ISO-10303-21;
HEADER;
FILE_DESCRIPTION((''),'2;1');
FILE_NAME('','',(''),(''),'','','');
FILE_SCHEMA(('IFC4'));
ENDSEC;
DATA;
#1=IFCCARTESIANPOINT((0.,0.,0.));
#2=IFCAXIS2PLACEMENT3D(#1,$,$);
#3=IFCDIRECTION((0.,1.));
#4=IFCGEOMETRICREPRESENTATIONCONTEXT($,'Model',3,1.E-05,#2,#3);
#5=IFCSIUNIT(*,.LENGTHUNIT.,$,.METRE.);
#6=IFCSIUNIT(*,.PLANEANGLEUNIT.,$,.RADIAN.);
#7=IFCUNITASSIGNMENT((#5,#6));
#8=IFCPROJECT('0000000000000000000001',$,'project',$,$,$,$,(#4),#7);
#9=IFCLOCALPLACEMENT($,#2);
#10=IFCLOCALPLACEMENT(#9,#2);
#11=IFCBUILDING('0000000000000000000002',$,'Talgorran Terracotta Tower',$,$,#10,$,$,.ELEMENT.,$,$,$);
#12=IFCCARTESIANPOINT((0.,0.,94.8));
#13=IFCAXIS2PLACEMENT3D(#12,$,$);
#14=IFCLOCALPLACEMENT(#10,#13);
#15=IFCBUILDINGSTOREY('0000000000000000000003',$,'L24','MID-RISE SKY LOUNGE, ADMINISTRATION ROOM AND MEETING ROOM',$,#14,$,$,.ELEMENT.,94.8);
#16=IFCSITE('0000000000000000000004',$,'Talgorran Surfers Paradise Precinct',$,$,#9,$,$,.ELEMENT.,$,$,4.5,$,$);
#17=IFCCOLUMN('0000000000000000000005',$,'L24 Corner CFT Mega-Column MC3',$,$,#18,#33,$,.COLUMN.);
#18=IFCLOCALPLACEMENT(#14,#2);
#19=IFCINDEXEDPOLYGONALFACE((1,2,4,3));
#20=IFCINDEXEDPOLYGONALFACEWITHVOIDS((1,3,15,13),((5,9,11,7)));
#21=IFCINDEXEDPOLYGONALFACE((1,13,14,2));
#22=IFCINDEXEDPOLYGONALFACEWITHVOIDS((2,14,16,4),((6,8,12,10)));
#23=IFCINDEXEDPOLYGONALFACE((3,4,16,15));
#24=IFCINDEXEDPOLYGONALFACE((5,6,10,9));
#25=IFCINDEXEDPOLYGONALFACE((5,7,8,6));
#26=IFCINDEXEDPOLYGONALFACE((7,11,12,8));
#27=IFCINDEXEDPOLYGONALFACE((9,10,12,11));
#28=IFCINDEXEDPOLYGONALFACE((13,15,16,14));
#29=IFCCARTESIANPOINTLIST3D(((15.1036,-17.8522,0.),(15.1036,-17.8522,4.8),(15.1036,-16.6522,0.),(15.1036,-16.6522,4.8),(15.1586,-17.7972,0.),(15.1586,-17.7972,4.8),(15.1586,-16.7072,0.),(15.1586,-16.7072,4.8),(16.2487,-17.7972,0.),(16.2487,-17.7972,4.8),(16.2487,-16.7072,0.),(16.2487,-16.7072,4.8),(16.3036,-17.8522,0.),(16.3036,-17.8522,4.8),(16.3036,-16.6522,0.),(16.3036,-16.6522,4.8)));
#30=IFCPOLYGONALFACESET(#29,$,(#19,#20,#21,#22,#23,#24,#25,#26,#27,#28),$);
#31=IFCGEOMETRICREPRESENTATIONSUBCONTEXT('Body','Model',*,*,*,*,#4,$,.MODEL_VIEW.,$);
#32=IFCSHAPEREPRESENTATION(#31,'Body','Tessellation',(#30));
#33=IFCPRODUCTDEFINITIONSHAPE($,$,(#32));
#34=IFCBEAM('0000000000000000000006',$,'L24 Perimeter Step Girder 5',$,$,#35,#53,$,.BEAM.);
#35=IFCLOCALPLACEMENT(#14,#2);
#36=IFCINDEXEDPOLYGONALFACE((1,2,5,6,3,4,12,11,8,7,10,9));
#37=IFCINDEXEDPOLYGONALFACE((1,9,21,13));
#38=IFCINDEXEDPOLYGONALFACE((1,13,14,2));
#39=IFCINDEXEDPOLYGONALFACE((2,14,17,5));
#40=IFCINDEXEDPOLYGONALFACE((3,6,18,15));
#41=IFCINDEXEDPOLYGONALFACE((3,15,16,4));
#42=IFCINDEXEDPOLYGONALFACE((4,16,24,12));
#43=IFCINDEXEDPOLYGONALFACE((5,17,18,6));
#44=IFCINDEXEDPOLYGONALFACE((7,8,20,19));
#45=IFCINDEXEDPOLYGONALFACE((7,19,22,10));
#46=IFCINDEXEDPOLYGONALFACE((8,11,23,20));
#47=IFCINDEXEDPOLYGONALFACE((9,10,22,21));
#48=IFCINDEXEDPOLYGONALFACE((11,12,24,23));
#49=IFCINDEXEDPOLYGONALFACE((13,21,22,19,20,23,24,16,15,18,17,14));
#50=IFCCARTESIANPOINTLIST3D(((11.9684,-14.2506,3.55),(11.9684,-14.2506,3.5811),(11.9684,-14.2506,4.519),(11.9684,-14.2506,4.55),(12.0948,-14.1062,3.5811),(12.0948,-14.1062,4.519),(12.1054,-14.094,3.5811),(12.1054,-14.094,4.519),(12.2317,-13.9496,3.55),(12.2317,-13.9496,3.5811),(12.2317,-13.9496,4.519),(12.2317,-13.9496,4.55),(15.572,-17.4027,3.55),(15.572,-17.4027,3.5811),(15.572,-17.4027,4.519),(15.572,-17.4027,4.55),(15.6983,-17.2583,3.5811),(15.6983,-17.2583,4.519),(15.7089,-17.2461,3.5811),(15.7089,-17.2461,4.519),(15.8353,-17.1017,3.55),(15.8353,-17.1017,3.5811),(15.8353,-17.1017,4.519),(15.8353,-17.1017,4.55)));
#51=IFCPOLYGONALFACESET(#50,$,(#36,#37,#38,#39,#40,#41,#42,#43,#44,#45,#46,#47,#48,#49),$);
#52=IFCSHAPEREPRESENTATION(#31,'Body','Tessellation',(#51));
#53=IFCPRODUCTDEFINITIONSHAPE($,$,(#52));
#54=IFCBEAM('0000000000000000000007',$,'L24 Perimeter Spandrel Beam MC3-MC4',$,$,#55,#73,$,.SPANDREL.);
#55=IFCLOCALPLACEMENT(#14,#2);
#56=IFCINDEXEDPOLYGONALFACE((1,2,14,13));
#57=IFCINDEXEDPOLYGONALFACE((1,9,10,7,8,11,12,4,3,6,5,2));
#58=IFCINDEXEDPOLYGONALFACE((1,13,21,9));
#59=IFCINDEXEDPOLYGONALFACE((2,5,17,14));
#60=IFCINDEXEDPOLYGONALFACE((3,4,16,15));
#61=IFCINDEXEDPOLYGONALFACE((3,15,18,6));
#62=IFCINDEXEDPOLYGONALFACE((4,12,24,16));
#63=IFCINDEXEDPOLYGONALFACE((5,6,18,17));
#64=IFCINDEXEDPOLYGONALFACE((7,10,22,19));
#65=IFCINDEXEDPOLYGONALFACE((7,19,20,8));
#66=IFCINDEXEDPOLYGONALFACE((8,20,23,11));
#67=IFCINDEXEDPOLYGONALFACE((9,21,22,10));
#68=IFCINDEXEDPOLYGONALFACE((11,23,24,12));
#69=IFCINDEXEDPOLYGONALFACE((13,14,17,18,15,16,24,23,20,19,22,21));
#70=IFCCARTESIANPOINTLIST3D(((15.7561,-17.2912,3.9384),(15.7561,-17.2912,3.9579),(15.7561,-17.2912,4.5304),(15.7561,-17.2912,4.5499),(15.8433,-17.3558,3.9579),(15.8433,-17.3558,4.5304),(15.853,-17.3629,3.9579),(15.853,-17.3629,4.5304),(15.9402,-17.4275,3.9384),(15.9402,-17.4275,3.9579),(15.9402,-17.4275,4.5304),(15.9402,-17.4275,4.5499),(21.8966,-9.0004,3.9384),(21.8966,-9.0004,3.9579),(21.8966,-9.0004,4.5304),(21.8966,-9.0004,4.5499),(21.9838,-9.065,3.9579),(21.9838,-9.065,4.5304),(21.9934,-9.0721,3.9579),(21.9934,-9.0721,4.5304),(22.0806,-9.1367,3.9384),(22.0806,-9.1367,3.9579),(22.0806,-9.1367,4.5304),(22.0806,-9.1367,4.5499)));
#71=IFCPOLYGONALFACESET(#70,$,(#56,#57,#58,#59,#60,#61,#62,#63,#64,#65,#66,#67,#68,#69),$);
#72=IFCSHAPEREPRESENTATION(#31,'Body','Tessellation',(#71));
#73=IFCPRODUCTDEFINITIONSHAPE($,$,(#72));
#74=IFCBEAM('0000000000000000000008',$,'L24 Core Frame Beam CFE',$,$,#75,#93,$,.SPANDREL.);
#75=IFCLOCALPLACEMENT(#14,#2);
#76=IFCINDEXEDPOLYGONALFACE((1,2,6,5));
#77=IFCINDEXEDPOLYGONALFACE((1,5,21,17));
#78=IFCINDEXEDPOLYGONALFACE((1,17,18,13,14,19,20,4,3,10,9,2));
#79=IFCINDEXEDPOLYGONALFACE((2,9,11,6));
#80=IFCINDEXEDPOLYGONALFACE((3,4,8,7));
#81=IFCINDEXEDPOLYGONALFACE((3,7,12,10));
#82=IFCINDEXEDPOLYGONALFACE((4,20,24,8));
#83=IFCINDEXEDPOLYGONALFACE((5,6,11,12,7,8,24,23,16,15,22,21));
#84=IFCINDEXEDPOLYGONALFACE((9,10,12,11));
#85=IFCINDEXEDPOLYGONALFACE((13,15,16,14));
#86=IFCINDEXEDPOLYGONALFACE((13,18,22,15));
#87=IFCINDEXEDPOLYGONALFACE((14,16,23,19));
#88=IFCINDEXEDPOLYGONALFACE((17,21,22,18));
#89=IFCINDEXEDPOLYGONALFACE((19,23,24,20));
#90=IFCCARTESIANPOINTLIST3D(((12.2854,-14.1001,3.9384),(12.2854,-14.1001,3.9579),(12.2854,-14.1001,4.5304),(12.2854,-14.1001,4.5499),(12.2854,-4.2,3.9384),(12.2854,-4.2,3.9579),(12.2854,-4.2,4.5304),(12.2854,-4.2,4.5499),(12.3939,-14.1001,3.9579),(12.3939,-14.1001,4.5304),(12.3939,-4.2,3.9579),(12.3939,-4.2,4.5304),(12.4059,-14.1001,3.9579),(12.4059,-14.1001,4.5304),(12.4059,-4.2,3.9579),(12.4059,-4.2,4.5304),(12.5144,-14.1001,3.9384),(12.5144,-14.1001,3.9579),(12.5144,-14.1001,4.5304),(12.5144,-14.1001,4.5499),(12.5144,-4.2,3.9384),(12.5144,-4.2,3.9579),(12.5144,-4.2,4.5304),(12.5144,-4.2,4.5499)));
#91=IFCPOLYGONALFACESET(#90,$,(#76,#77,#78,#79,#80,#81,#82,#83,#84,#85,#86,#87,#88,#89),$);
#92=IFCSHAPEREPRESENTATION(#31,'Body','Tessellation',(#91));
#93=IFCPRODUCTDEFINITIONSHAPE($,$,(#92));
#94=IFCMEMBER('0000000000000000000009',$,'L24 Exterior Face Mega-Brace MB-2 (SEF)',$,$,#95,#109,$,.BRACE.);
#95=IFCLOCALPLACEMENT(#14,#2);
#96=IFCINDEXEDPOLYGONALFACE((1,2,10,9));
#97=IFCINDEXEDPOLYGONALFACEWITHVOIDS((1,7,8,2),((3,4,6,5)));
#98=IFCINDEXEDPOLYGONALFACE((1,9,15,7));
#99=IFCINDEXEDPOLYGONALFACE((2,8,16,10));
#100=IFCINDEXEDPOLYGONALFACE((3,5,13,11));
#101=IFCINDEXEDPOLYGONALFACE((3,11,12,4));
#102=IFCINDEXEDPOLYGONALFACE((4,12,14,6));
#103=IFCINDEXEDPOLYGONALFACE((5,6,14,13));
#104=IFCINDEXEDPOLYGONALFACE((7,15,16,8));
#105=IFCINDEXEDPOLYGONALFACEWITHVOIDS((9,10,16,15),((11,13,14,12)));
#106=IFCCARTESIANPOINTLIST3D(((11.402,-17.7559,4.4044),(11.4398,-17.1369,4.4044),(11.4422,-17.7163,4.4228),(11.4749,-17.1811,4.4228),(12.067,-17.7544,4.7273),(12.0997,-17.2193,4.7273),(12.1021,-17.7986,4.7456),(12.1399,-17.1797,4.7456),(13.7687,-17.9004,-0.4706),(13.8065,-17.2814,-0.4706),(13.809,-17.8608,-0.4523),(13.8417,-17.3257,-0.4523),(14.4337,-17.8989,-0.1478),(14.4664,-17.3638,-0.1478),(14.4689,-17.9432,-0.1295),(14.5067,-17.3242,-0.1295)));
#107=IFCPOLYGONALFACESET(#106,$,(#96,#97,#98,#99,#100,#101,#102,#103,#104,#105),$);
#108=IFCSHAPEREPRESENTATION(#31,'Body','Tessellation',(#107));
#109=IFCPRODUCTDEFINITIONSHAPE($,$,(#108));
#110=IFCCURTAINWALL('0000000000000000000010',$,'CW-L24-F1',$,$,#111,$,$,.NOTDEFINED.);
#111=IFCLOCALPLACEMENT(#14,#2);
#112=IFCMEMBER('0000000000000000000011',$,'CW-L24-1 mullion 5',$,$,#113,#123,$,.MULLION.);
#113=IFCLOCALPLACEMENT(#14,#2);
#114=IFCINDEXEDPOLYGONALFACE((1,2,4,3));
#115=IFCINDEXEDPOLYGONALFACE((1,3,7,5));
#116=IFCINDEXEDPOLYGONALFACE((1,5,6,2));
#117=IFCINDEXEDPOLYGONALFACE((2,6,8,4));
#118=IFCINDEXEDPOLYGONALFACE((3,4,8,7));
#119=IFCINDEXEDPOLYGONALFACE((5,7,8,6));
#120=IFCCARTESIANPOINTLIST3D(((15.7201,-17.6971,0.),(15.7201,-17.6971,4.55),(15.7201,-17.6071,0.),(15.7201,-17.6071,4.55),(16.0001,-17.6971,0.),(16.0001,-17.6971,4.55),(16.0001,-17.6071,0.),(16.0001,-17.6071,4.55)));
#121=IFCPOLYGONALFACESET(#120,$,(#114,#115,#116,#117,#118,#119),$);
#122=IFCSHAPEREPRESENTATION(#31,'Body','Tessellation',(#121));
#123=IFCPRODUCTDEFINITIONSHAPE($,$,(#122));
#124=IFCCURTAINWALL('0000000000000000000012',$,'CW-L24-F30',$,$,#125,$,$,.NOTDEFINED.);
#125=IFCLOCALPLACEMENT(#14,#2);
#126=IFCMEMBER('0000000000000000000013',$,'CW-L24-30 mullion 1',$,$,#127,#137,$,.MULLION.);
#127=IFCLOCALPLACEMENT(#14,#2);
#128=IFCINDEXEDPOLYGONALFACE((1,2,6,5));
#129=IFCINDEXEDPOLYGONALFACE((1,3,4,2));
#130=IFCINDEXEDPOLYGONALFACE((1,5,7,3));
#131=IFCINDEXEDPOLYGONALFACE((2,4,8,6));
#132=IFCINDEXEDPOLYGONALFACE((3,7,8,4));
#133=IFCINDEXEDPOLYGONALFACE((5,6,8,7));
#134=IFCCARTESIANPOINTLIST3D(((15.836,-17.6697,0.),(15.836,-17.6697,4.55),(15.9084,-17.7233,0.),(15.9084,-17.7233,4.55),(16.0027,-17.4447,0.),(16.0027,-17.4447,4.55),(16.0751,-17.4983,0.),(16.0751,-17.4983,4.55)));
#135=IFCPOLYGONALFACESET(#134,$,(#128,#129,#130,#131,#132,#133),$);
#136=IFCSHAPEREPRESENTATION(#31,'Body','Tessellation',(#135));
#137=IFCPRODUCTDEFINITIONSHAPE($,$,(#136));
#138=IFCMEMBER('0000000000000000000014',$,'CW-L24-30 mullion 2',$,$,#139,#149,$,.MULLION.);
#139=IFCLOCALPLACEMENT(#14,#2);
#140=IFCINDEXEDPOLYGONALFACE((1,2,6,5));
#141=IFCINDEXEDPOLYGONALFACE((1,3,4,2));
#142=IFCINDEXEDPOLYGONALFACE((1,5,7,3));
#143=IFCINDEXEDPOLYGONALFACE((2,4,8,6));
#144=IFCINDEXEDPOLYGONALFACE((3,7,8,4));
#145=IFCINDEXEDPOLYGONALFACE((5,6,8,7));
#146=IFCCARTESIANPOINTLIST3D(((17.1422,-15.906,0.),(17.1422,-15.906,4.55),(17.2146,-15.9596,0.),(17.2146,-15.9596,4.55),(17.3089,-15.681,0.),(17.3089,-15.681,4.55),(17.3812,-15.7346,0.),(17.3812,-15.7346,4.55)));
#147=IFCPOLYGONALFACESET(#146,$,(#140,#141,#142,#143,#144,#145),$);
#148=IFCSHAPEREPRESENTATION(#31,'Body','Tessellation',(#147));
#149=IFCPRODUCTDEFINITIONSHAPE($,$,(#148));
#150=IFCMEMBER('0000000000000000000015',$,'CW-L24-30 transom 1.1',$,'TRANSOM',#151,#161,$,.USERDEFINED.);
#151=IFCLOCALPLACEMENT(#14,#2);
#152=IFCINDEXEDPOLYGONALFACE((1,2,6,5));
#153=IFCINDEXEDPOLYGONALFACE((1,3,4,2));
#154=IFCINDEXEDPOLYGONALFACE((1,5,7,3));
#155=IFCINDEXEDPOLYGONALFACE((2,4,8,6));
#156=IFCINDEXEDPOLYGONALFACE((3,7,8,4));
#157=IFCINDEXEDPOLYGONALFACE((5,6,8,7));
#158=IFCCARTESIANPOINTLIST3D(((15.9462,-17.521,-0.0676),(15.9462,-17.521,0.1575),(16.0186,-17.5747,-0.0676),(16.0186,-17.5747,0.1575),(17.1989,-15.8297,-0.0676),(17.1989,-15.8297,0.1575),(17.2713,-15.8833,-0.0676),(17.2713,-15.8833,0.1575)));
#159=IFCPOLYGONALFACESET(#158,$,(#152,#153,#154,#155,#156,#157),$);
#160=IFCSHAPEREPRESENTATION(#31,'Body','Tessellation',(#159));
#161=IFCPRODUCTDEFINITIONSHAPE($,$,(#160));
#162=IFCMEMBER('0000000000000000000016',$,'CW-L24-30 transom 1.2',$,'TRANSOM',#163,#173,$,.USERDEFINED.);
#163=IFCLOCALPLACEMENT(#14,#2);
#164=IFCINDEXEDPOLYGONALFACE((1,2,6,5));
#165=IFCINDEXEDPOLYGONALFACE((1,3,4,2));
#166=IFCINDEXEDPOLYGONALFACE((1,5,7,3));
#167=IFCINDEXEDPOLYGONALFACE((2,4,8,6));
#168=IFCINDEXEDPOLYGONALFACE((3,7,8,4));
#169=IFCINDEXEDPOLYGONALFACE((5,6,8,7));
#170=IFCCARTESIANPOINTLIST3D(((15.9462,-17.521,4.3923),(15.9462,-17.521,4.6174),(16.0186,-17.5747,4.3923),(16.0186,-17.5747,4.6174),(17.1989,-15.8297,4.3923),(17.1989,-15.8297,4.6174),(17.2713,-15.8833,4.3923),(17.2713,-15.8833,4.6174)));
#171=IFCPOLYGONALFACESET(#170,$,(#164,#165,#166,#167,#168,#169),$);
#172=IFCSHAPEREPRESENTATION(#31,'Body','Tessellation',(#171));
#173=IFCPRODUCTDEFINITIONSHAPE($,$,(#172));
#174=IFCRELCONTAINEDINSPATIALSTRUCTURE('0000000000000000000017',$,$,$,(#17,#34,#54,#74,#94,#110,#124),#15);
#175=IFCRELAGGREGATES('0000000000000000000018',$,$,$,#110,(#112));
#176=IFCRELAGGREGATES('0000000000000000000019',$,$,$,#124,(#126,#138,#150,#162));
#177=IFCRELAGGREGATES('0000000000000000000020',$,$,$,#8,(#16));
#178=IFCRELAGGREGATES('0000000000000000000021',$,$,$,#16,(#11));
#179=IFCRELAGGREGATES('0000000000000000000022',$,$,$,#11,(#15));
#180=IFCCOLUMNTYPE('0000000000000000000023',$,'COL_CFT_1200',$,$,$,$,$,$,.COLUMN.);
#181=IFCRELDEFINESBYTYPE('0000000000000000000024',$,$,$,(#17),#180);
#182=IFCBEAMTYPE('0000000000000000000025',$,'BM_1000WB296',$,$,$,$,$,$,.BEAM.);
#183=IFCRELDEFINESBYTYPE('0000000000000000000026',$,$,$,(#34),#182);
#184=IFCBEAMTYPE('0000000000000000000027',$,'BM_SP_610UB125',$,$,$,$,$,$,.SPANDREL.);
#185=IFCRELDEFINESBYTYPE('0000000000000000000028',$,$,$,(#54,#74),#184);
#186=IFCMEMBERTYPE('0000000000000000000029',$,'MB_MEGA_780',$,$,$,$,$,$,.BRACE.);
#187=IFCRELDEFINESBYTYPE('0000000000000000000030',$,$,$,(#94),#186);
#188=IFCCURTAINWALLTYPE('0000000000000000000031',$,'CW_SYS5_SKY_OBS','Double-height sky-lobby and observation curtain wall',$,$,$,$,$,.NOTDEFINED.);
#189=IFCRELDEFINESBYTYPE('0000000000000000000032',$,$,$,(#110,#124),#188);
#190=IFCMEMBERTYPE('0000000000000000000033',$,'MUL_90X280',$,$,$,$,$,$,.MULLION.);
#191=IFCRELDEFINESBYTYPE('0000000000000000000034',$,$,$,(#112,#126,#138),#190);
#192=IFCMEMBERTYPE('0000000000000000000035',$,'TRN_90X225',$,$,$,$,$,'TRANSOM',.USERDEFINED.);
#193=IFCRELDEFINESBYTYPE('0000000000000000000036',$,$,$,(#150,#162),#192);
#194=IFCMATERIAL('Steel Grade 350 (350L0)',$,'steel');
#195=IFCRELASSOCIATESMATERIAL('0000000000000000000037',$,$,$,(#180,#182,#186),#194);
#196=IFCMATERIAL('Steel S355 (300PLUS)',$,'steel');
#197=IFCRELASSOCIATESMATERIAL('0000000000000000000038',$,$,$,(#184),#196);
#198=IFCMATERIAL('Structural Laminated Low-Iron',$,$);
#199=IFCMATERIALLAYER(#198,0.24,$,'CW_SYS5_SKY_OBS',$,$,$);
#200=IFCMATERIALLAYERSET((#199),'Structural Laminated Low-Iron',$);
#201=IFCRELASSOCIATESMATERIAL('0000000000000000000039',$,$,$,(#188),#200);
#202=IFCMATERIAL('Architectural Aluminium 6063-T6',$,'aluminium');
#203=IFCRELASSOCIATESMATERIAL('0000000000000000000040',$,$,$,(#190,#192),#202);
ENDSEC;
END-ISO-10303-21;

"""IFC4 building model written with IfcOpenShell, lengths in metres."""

from ifc_helpers import new_model, si_unit, direction, frame, origin, origin_2d, place, context, subcontext, project, spatial, rectangle, hollow_rectangle, i_section, extrude, material, layer, layer_set, material_profile, profile_set, type_object, element, aggregate, save


model = new_model("IFC4")

# Units and contexts
model_context = context("Model", 3, precision=1e-05, world=origin(), true_north=direction((0.0, 1.0)))
body_context = subcontext(model_context, "Body", "Model", "MODEL_VIEW")
ifc_project = project(units=[si_unit("LENGTHUNIT", "METRE"), si_unit("PLANEANGLEUNIT", "RADIAN")], contexts=[model_context])

# Site, building, storey
site_placement = place(None, origin())
site = spatial("IfcSite", under=ifc_project, at=site_placement, Name="Talgorran Surfers Paradise Precinct", CompositionType="ELEMENT", RefElevation=4.5)
building_placement = place(site_placement, origin())
building = spatial("IfcBuilding", under=site, at=building_placement, Name="Talgorran Terracotta Tower", CompositionType="ELEMENT")
storey_placement = place(building_placement, frame((0.0, 0.0, 94.8)))
storey = spatial("IfcBuildingStorey", under=building, at=storey_placement, Name="L24", Description="MID-RISE SKY LOUNGE, ADMINISTRATION ROOM AND MEETING ROOM", CompositionType="ELEMENT", Elevation=94.8)

# Column
ifc_material_1 = material(Name="Steel Grade 350 (350L0)", Category="steel")
ifc_material_profile_1 = material_profile(ifc_material_1, hollow_rectangle(XDim=1.2, YDim=1.2, WallThickness=0.0549, at=origin_2d()), Name="CFT1200X1200X55")
ifc_profile_set_1 = profile_set([ifc_material_profile_1], Name="Steel Grade 350 (350L0)")
column_type = type_object("IfcColumnType", Name="COL_CFT_1200", PredefinedType="COLUMN", material=ifc_profile_set_1)
column_placement = place(storey_placement, frame((15.7036, -17.2522, 0.0), z_axis=(0.0, 0.0, 1.0), x_axis=(1.0, 0.0, 0.0)))
element("IfcColumn", 1, at=column_placement, inside=storey, type_object=column_type, Name="L24 Corner CFT Mega-Column MC3", PredefinedType="COLUMN", context=body_context, shape_type="SweptSolid", body=[
    extrude(hollow_rectangle(XDim=1.2, YDim=1.2, WallThickness=0.0549, at=origin_2d()), origin(), (0.0, 0.0, 1.0), 4.8),
])

# Beams
ifc_material_profile_2 = material_profile(ifc_material_1, i_section(OverallWidth=0.3999, OverallDepth=1.0, WebThickness=0.0161, FlangeThickness=0.031, at=origin_2d()), Name="1000WB296")
ifc_profile_set_2 = profile_set([ifc_material_profile_2], Name="Steel Grade 350 (350L0)")
beam_type_1 = type_object("IfcBeamType", Name="BM_1000WB296", PredefinedType="BEAM", material=ifc_profile_set_2)
beam_1_placement = place(storey_placement, frame((15.7036, -17.2522, 4.05), z_axis=(-0.752678, 0.658389, 0.0), x_axis=(-0.658389, -0.752678, 0.0)))
element("IfcBeam", 2, at=beam_1_placement, inside=storey, type_object=beam_type_1, Name="L24 Perimeter Step Girder 5", PredefinedType="BEAM", context=body_context, shape_type="SweptSolid", body=[
    extrude(i_section(OverallWidth=0.3999, OverallDepth=1.0, WebThickness=0.0161, FlangeThickness=0.031, at=origin_2d()), origin(), (0.0, 0.0, 1.0), 4.7876),
])
ifc_material_2 = material(Name="Steel S355 (300PLUS)", Category="steel")
ifc_material_profile_3 = material_profile(ifc_material_2, i_section(OverallWidth=0.229, OverallDepth=0.6116, WebThickness=0.012, FlangeThickness=0.0195, at=origin_2d()), Name="610UB125")
ifc_profile_set_3 = profile_set([ifc_material_profile_3], Name="Steel S355 (300PLUS)")
beam_type_2 = type_object("IfcBeamType", Name="BM_SP_610UB125", PredefinedType="SPANDREL", material=ifc_profile_set_3)
beam_2_placement = place(storey_placement, frame((15.8481, -17.3594, 4.2441), z_axis=(0.595169, 0.8036, 0.0), x_axis=(-0.8036, 0.595169, 0.0)))
element("IfcBeam", 3, at=beam_2_placement, inside=storey, type_object=beam_type_2, Name="L24 Perimeter Spandrel Beam MC3-MC4", PredefinedType="SPANDREL", context=body_context, shape_type="SweptSolid", body=[
    extrude(i_section(OverallWidth=0.229, OverallDepth=0.6116, WebThickness=0.012, FlangeThickness=0.0195, at=origin_2d()), origin(), (0.0, 0.0, 1.0), 10.3171),
])
beam_3_placement = place(storey_placement, frame((12.3999, -14.1001, 4.2441), z_axis=(0.0, 1.0, 0.0), x_axis=(-1.0, 0.0, 0.0)))
element("IfcBeam", 4, at=beam_3_placement, inside=storey, type_object=beam_type_2, Name="L24 Core Frame Beam CFE", PredefinedType="SPANDREL", context=body_context, shape_type="SweptSolid", body=[
    extrude(i_section(OverallWidth=0.229, OverallDepth=0.6116, WebThickness=0.012, FlangeThickness=0.0195, at=origin_2d()), origin(), (0.0, 0.0, 1.0), 9.9001),
])

# Member
ifc_material_profile_4 = material_profile(ifc_material_1, hollow_rectangle(XDim=0.6201, YDim=0.78, WallThickness=0.042, at=origin_2d()), Name="WBOX780X620X42")
ifc_profile_set_4 = profile_set([ifc_material_profile_4], Name="Steel Grade 350 (350L0)")
member_type_1 = type_object("IfcMemberType", Name="MB_MEGA_780", PredefinedType="BRACE", material=ifc_profile_set_4)
member_1_placement = place(storey_placement, frame((14.1377, -17.6123, -0.3), z_axis=(-0.436576, 0.026661, 0.899272), x_axis=(-0.060955, -0.998141, 0.0)))
element("IfcMember", 5, at=member_1_placement, inside=storey, type_object=member_type_1, Name="L24 Exterior Face Mega-Brace MB-2 (SEF)", PredefinedType="BRACE", context=body_context, shape_type="SweptSolid", body=[
    extrude(hollow_rectangle(XDim=0.6201, YDim=0.78, WallThickness=0.042, at=origin_2d()), origin(), (0.0, 0.0, 1.0), 5.4211),
])

# Curtain wall, member
ifc_material_3 = material(Name="Structural Laminated Low-Iron")
ifc_layer_1 = layer(ifc_material_3, 0.24, Name="CW_SYS5_SKY_OBS")
ifc_layer_set_1 = layer_set([ifc_layer_1], Name="Structural Laminated Low-Iron")
curtain_wall_type = type_object("IfcCurtainWallType", Name="CW_SYS5_SKY_OBS", Description="Double-height sky-lobby and observation curtain wall", PredefinedType="NOTDEFINED", material=ifc_layer_set_1)
curtain_wall_1_placement = place(storey_placement, origin())
curtain_wall_1 = element("IfcCurtainWall", 6, at=curtain_wall_1_placement, inside=storey, type_object=curtain_wall_type, Name="CW-L24-F1", PredefinedType="NOTDEFINED")
ifc_material_4 = material(Name="Architectural Aluminium 6063-T6", Category="aluminium")
ifc_material_profile_5 = material_profile(ifc_material_4, rectangle(XDim=0.0901, YDim=0.28, at=origin_2d()), Name="CWM90X280")
ifc_profile_set_5 = profile_set([ifc_material_profile_5], Name="Architectural Aluminium 6063-T6")
member_type_2 = type_object("IfcMemberType", Name="MUL_90X280", PredefinedType="MULLION", material=ifc_profile_set_5)
member_2_placement = place(storey_placement, frame((15.8601, -17.6521, 0.0), z_axis=(0.0, 0.0, 1.0), x_axis=(0.0, 1.0, 0.0)))
member_2 = element("IfcMember", 7, at=member_2_placement, type_object=member_type_2, Name="CW-L24-1 mullion 5", PredefinedType="MULLION", context=body_context, shape_type="SweptSolid", body=[
    extrude(rectangle(XDim=0.0901, YDim=0.28, at=origin_2d()), origin(), (0.0, 0.0, 1.0), 4.55),
])
aggregate(curtain_wall_1, [member_2])

# Curtain wall, members
curtain_wall_2_placement = place(storey_placement, origin())
curtain_wall_2 = element("IfcCurtainWall", 8, at=curtain_wall_2_placement, inside=storey, type_object=curtain_wall_type, Name="CW-L24-F30", PredefinedType="NOTDEFINED")
member_3_placement = place(storey_placement, frame((15.9556, -17.584, 0.0), z_axis=(0.0, 0.0, 1.0), x_axis=(-0.803604, 0.595164, 0.0)))
member_3 = element("IfcMember", 9, at=member_3_placement, type_object=member_type_2, Name="CW-L24-30 mullion 1", PredefinedType="MULLION", context=body_context, shape_type="SweptSolid", body=[
    extrude(rectangle(XDim=0.0901, YDim=0.28, at=origin_2d()), origin(), (0.0, 0.0, 1.0), 4.55),
])
member_4_placement = place(storey_placement, frame((17.2617, -15.8203, 0.0), z_axis=(0.0, 0.0, 1.0), x_axis=(-0.803604, 0.595164, 0.0)))
member_4 = element("IfcMember", 10, at=member_4_placement, type_object=member_type_2, Name="CW-L24-30 mullion 2", PredefinedType="MULLION", context=body_context, shape_type="SweptSolid", body=[
    extrude(rectangle(XDim=0.0901, YDim=0.28, at=origin_2d()), origin(), (0.0, 0.0, 1.0), 4.55),
])
ifc_material_profile_6 = material_profile(ifc_material_4, rectangle(XDim=0.0901, YDim=0.2251, at=origin_2d()), Name="CWT90X225")
ifc_profile_set_6 = profile_set([ifc_material_profile_6], Name="Architectural Aluminium 6063-T6")
member_type_3 = type_object("IfcMemberType", Name="TRN_90X225", ElementType="TRANSOM", PredefinedType="USERDEFINED", material=ifc_profile_set_6)
member_5_placement = place(storey_placement, frame((15.9824, -17.5479, 0.0449), z_axis=(0.595164, 0.803604, 0.0), x_axis=(-0.803604, 0.595164, 0.0)))
member_5 = element("IfcMember", 11, at=member_5_placement, type_object=member_type_3, Name="CW-L24-30 transom 1.1", ObjectType="TRANSOM", PredefinedType="USERDEFINED", context=body_context, shape_type="SweptSolid", body=[
    extrude(rectangle(XDim=0.0901, YDim=0.2251, at=origin_2d()), origin(), (0.0, 0.0, 1.0), 2.1047),
])
member_6_placement = place(storey_placement, frame((15.9824, -17.5479, 4.5049), z_axis=(0.595164, 0.803604, 0.0), x_axis=(-0.803604, 0.595164, 0.0)))
member_6 = element("IfcMember", 12, at=member_6_placement, type_object=member_type_3, Name="CW-L24-30 transom 1.2", ObjectType="TRANSOM", PredefinedType="USERDEFINED", context=body_context, shape_type="SweptSolid", body=[
    extrude(rectangle(XDim=0.0901, YDim=0.2251, at=origin_2d()), origin(), (0.0, 0.0, 1.0), 2.1047),
])

aggregate(curtain_wall_2, [member_3, member_4, member_5, member_6])

save(model, "model.ifc")
